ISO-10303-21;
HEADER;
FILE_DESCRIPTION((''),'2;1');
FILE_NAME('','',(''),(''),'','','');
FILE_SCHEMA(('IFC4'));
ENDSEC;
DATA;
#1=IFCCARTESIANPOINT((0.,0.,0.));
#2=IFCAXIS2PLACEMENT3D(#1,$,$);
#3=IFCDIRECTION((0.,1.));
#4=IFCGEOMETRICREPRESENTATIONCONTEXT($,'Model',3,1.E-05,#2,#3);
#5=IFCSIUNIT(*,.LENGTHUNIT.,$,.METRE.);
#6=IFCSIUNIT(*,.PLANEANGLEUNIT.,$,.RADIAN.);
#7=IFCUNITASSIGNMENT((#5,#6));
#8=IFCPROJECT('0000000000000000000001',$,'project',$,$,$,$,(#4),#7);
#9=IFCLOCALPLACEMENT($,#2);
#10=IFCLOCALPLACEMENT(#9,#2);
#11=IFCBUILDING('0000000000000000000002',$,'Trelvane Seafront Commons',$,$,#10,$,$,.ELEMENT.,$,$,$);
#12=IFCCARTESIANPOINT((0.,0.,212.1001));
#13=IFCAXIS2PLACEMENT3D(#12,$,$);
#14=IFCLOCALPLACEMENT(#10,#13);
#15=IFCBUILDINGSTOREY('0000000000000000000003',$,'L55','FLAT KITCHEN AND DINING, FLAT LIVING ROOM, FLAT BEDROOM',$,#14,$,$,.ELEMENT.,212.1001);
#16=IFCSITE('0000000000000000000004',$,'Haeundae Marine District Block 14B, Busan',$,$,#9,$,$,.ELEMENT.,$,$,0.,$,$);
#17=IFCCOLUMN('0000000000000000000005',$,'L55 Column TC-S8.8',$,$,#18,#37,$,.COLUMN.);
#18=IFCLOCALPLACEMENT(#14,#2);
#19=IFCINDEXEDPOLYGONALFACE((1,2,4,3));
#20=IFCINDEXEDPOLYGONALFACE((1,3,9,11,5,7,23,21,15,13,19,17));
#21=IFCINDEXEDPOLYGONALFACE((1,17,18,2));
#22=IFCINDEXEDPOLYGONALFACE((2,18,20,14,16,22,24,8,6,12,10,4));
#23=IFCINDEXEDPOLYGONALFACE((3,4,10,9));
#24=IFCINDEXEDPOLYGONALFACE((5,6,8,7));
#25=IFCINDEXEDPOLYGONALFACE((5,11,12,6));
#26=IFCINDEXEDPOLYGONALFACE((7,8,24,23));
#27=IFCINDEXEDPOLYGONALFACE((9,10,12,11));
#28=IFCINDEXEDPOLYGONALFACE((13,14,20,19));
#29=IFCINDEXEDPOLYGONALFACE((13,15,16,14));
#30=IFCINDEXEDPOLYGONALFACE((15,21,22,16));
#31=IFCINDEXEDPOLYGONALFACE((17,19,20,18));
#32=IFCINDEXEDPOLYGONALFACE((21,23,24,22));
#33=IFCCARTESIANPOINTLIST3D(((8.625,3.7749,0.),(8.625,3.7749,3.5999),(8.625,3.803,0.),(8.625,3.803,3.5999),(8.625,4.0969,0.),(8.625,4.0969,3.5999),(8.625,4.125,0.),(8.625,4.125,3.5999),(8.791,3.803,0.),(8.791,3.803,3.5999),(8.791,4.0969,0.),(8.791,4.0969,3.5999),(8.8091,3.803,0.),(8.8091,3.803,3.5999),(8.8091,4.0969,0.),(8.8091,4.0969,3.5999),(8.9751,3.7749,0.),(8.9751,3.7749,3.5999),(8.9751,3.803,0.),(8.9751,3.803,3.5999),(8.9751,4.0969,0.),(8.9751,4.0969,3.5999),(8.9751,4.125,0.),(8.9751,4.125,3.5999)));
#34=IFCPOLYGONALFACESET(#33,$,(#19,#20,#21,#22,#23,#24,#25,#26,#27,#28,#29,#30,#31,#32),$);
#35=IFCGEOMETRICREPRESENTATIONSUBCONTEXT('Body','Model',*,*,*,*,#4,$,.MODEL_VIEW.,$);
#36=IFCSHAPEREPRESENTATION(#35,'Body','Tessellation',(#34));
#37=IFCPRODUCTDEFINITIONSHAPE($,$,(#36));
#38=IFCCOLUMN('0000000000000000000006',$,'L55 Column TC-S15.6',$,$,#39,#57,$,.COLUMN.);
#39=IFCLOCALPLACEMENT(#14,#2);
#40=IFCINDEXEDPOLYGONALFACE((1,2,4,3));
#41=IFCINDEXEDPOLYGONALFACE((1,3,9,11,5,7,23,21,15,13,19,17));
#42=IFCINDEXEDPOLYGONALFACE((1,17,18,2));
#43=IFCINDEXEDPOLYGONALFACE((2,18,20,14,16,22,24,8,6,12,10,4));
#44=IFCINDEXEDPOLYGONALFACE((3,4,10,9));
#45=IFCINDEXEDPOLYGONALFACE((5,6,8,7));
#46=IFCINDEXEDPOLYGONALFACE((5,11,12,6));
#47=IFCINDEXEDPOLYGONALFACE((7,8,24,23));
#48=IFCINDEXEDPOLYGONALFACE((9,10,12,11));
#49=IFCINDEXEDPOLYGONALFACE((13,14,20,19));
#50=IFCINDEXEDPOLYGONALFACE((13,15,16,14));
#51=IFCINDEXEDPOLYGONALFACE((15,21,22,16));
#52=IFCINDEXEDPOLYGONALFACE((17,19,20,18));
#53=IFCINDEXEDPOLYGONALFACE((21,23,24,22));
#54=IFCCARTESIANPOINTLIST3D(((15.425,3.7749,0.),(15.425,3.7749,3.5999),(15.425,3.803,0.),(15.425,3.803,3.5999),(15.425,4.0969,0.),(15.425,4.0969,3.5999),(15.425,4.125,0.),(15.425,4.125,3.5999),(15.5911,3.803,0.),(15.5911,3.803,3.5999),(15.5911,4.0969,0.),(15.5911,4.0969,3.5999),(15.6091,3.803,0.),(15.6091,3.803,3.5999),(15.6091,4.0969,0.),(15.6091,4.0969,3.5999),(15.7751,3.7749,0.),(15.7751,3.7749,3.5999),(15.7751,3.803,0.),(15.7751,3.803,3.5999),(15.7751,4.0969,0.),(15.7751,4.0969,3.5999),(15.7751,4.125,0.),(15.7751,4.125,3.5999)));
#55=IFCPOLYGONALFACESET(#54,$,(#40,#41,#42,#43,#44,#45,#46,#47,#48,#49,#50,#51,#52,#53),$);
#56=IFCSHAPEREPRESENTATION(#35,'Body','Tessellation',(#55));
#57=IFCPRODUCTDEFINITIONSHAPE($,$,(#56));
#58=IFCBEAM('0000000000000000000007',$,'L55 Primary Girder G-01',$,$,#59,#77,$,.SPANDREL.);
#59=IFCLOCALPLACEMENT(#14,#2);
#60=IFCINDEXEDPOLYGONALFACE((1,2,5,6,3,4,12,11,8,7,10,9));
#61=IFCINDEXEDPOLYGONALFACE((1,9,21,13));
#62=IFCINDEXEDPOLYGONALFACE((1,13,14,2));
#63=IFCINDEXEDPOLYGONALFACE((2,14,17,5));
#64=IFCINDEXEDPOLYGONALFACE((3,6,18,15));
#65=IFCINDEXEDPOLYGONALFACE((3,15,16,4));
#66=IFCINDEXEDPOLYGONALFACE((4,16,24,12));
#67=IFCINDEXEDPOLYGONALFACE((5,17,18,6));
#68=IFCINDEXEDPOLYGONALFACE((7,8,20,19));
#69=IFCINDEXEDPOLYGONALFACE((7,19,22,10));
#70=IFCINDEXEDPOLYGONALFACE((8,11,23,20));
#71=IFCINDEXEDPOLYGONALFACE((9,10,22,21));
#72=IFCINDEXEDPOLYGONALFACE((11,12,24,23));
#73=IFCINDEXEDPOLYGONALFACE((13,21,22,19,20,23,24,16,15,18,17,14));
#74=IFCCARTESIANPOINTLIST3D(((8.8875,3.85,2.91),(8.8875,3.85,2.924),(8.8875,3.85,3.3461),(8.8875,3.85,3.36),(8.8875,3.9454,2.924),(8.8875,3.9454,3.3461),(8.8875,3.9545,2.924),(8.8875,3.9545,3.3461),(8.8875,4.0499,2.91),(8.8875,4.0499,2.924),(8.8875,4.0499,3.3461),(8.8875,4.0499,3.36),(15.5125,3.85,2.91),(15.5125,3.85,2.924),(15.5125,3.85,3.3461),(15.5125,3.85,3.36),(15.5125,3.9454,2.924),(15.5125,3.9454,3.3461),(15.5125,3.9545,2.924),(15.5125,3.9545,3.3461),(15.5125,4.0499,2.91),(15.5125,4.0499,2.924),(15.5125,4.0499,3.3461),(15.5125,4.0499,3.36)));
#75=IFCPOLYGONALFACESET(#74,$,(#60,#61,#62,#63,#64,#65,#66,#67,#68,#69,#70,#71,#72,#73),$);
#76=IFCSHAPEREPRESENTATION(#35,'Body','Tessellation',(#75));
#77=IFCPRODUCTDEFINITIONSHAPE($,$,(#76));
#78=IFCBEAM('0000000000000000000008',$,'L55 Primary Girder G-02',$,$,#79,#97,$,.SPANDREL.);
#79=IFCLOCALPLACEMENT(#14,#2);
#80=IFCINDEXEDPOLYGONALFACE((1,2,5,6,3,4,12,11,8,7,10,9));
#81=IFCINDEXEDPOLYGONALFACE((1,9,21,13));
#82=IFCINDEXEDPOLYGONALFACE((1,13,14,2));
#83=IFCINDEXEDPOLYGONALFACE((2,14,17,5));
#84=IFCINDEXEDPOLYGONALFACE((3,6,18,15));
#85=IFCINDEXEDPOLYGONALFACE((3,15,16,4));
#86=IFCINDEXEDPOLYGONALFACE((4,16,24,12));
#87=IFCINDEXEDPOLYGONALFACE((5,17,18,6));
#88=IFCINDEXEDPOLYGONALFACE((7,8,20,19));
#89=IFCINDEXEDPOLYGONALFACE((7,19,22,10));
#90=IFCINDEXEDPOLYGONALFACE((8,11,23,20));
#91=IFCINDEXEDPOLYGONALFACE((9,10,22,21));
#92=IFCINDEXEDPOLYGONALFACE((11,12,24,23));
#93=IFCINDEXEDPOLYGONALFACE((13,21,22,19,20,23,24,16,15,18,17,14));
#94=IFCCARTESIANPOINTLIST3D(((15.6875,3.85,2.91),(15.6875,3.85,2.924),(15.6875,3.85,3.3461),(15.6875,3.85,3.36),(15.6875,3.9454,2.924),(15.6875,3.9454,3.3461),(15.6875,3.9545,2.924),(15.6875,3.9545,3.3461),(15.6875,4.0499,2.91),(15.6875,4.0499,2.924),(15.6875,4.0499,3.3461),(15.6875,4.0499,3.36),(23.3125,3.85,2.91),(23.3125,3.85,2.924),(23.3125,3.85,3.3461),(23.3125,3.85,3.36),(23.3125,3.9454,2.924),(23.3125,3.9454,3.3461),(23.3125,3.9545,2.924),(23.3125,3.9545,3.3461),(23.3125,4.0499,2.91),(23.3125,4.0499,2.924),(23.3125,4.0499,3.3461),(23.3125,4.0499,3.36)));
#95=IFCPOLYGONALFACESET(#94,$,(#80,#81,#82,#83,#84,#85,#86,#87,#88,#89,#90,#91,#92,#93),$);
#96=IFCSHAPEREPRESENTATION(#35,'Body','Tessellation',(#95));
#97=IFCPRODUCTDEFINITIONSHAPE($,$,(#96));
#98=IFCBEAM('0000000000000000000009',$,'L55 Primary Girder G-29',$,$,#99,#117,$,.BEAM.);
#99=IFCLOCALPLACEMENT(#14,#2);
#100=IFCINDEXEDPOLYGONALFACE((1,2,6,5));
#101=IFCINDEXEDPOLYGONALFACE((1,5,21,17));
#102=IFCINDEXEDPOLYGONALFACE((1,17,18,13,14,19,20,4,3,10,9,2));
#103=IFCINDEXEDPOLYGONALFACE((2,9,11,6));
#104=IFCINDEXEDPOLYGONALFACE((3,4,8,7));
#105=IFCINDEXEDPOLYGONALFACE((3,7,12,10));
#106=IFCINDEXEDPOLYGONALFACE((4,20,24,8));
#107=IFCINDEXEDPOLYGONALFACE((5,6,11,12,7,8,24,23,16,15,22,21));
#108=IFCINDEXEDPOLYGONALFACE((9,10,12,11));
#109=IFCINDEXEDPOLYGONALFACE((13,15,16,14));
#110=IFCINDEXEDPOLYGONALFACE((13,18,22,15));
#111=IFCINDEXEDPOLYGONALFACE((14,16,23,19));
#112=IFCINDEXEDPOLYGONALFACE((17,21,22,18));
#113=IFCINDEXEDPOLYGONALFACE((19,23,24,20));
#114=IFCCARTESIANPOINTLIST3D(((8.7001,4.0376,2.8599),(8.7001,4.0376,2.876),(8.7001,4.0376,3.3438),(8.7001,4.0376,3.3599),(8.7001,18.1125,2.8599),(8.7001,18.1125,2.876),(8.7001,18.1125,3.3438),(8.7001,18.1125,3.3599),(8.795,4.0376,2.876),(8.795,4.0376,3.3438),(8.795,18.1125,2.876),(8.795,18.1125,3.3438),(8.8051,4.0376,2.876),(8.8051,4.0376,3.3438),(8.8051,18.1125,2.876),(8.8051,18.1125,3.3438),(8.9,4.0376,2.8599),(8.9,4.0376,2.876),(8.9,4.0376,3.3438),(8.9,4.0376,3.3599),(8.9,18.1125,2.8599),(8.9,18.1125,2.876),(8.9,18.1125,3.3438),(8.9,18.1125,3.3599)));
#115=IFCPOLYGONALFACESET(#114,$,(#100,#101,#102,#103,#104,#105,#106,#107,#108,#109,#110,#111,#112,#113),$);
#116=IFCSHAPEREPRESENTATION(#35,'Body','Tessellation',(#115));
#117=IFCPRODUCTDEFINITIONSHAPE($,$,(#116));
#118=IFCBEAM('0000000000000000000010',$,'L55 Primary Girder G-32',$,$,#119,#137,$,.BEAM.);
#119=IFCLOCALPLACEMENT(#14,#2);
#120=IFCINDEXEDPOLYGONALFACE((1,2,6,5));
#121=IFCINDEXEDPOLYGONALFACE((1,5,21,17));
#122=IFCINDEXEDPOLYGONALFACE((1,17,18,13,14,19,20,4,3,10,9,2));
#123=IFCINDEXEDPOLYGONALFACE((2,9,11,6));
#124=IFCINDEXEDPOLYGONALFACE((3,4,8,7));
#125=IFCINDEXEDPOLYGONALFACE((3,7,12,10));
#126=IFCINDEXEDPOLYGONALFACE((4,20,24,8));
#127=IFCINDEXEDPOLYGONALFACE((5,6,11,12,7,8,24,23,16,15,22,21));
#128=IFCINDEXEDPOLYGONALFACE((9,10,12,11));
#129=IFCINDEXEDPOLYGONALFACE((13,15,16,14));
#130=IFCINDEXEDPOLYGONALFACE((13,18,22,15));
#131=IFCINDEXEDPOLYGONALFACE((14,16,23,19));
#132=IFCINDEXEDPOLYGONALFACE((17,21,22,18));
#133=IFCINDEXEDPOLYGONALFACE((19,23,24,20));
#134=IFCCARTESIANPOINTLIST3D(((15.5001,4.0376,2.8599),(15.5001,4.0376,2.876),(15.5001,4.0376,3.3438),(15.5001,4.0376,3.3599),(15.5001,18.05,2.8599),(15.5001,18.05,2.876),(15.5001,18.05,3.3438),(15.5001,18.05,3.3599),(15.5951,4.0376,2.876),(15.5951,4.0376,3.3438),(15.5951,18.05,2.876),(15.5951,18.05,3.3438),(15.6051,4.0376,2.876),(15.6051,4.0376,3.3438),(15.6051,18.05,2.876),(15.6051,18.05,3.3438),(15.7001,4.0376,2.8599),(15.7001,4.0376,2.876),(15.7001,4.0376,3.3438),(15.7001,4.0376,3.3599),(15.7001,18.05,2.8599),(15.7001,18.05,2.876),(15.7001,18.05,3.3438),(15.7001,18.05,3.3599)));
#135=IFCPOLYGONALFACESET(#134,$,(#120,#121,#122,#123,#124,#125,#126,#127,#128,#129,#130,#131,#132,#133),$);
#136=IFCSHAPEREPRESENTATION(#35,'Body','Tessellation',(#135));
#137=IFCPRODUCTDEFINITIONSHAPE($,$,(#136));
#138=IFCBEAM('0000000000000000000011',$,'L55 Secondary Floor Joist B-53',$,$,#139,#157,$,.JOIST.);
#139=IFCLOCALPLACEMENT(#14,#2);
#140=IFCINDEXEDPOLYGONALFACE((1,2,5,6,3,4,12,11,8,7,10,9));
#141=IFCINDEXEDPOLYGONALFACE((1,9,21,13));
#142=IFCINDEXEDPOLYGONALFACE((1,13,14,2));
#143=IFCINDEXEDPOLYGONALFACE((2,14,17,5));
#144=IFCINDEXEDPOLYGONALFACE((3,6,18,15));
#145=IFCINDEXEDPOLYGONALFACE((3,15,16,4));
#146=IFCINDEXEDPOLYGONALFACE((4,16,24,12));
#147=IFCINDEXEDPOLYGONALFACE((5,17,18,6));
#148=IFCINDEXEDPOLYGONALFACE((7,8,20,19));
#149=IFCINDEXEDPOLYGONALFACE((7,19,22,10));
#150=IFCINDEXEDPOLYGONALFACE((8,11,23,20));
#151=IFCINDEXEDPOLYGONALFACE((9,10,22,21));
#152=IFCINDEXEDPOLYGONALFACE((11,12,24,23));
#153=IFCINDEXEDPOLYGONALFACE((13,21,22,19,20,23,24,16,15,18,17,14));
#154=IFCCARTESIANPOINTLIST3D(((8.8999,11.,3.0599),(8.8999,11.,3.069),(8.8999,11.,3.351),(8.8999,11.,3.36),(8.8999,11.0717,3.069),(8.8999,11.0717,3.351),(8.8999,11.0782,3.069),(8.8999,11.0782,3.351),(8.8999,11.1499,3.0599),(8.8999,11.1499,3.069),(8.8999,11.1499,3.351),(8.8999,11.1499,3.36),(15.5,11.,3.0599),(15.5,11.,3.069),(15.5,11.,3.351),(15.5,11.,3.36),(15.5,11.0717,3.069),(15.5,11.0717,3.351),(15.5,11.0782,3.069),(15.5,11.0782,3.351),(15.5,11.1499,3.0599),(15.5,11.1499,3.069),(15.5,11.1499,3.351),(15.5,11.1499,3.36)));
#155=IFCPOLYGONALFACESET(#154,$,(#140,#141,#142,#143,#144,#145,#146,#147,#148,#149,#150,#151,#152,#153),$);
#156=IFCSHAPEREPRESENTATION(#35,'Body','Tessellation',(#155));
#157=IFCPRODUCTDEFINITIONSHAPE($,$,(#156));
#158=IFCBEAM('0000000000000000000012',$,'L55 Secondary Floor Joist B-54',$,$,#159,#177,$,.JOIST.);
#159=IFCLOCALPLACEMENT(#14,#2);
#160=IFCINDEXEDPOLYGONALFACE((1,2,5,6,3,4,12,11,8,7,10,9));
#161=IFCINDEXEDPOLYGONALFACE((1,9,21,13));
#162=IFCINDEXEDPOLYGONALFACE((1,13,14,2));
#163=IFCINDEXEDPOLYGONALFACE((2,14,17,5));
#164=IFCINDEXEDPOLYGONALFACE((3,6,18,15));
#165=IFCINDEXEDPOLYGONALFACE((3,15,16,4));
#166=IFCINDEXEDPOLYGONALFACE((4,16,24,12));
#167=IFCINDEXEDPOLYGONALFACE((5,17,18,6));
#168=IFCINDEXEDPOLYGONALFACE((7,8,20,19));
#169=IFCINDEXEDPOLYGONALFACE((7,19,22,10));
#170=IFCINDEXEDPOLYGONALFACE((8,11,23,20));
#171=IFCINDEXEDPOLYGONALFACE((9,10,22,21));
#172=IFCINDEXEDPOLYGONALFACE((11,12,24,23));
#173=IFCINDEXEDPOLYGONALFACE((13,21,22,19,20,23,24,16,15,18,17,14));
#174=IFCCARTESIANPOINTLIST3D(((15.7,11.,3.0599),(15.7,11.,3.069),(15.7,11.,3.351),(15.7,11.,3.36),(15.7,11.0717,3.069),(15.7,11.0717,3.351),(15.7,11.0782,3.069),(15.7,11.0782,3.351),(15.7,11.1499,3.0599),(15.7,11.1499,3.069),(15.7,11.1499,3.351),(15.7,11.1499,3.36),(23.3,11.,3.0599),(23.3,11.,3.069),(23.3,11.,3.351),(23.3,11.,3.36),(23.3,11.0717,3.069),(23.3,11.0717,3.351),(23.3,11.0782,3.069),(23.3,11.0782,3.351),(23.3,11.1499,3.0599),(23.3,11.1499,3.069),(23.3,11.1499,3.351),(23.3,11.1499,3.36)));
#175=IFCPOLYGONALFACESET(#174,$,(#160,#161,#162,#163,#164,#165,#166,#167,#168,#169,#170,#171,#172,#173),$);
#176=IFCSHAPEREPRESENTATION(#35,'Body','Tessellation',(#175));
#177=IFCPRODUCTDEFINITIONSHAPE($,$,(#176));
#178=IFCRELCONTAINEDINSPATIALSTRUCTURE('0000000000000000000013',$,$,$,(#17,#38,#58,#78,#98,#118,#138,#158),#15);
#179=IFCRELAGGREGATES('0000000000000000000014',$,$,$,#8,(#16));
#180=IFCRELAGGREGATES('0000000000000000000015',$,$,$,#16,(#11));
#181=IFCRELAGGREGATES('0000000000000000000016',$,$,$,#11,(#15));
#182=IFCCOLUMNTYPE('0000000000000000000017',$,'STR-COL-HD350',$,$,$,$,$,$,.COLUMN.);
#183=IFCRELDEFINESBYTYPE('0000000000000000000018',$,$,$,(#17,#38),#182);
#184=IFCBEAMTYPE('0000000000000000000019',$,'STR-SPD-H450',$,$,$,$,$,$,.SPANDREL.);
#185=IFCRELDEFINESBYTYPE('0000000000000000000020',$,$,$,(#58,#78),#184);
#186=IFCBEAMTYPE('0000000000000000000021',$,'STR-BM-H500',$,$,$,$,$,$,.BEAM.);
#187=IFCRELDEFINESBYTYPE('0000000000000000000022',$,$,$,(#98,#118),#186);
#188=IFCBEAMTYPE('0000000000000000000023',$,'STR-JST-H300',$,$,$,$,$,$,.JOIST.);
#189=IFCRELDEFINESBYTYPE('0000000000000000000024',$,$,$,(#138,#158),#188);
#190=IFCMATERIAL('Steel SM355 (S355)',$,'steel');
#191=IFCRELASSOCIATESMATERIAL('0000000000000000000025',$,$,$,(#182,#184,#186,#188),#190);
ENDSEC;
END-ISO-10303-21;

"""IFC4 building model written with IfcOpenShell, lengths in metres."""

from ifc_helpers import new_model, si_unit, direction, frame, origin, origin_2d, place, context, subcontext, project, spatial, i_section, extrude, source, transform, mapped, material, material_profile, profile_set, type_object, element, save


model = new_model("IFC4")

# Units and contexts
model_context = context("Model", 3, precision=1e-05, world=origin(), true_north=direction((0.0, 1.0)))
body_context = subcontext(model_context, "Body", "Model", "MODEL_VIEW")
ifc_project = project(units=[si_unit("LENGTHUNIT", "METRE"), si_unit("PLANEANGLEUNIT", "RADIAN")], contexts=[model_context])

# Site, building, storey
site_placement = place(None, origin())
site = spatial("IfcSite", under=ifc_project, at=site_placement, Name="Haeundae Marine District Block 14B, Busan", CompositionType="ELEMENT", RefElevation=0.0)
building_placement = place(site_placement, origin())
building = spatial("IfcBuilding", under=site, at=building_placement, Name="Trelvane Seafront Commons", CompositionType="ELEMENT")
storey_placement = place(building_placement, frame((0.0, 0.0, 212.1001)))
storey = spatial("IfcBuildingStorey", under=building, at=storey_placement, Name="L55", Description="FLAT KITCHEN AND DINING, FLAT LIVING ROOM, FLAT BEDROOM", CompositionType="ELEMENT", Elevation=212.1001)

# Columns
ifc_material_1 = material(Name="Steel SM355 (S355)", Category="steel")
ifc_material_profile_1 = material_profile(ifc_material_1, i_section(OverallWidth=0.3501, OverallDepth=0.3501, WebThickness=0.0181, FlangeThickness=0.0281, at=origin_2d()), Name="HD-350x350x18x28")
ifc_profile_set_1 = profile_set([ifc_material_profile_1], Name="Steel SM355 (S355)")
column_type = type_object("IfcColumnType", Name="STR-COL-HD350", PredefinedType="COLUMN", material=ifc_profile_set_1)
shared_shape_1 = source(origin(), body_context, "Body", "SweptSolid", [
    extrude(i_section(OverallWidth=0.3501, OverallDepth=0.3501, WebThickness=0.0181, FlangeThickness=0.0281, at=origin_2d()), origin(), (0.0, 0.0, 1.0), 3.5999),
])
for number, where, z_axis, x_axis, name in (
    (1, (8.8, 3.95, 0.0), (0.0, 0.0, 1.0), (1.0, 0.0, 0.0), "L55 Column TC-S8.8"),
    (2, (15.6001, 3.95, 0.0), (0.0, 0.0, 1.0), (1.0, 0.0, 0.0), "L55 Column TC-S15.6"),
):
    element("IfcColumn", number, at=place(storey_placement, frame(where, z_axis=z_axis, x_axis=x_axis)), inside=storey, type_object=column_type, Name=name, PredefinedType="COLUMN", context=body_context, shape_type="MappedRepresentation", body=[
        mapped(shared_shape_1, transform((0.0, 0.0, 0.0), x_axis=(1.0, 0.0, 0.0), y_axis=(0.0, 1.0, 0.0), z_axis=(0.0, 0.0, 1.0), scale=1.0)),
    ])

# Beams
ifc_material_profile_2 = material_profile(ifc_material_1, i_section(OverallWidth=0.2, OverallDepth=0.45, WebThickness=0.009, FlangeThickness=0.0139, at=origin_2d()), Name="H-450x200x9x14")
ifc_profile_set_2 = profile_set([ifc_material_profile_2], Name="Steel SM355 (S355)")
beam_type_1 = type_object("IfcBeamType", Name="STR-SPD-H450", PredefinedType="SPANDREL", material=ifc_profile_set_2)
shared_shape_2 = source(origin(), body_context, "Body", "SweptSolid", [
    extrude(i_section(OverallWidth=0.2, OverallDepth=0.45, WebThickness=0.009, FlangeThickness=0.0139, at=origin_2d()), origin(), (0.0, 0.0, 1.0), 6.625),
])
beam_1_placement = place(storey_placement, frame((8.8875, 3.95, 3.135), z_axis=(1.0, 0.0, 0.0), x_axis=(0.0, 1.0, 0.0)))
element("IfcBeam", 3, at=beam_1_placement, inside=storey, type_object=beam_type_1, Name="L55 Primary Girder G-01", PredefinedType="SPANDREL", context=body_context, shape_type="MappedRepresentation", body=[
    mapped(shared_shape_2, transform((0.0, 0.0, 0.0), x_axis=(1.0, 0.0, 0.0), y_axis=(0.0, 1.0, 0.0), z_axis=(0.0, 0.0, 1.0), scale=1.0)),
])
shared_shape_3 = source(origin(), body_context, "Body", "SweptSolid", [
    extrude(i_section(OverallWidth=0.2, OverallDepth=0.45, WebThickness=0.009, FlangeThickness=0.0139, at=origin_2d()), origin(), (0.0, 0.0, 1.0), 7.625),
])
beam_2_placement = place(storey_placement, frame((15.6875, 3.95, 3.135), z_axis=(1.0, 0.0, 0.0), x_axis=(0.0, 1.0, 0.0)))
element("IfcBeam", 4, at=beam_2_placement, inside=storey, type_object=beam_type_1, Name="L55 Primary Girder G-02", PredefinedType="SPANDREL", context=body_context, shape_type="MappedRepresentation", body=[
    mapped(shared_shape_3, transform((0.0, 0.0, 0.0), x_axis=(1.0, 0.0, 0.0), y_axis=(0.0, 1.0, 0.0), z_axis=(0.0, 0.0, 1.0), scale=1.0)),
])
ifc_material_profile_3 = material_profile(ifc_material_1, i_section(OverallWidth=0.2, OverallDepth=0.5, WebThickness=0.01, FlangeThickness=0.0161, at=origin_2d()), Name="H-500x200x10x16")
ifc_profile_set_3 = profile_set([ifc_material_profile_3], Name="Steel SM355 (S355)")
beam_type_2 = type_object("IfcBeamType", Name="STR-BM-H500", PredefinedType="BEAM", material=ifc_profile_set_3)
shared_shape_4 = source(origin(), body_context, "Body", "SweptSolid", [
    extrude(i_section(OverallWidth=0.2, OverallDepth=0.5, WebThickness=0.01, FlangeThickness=0.0161, at=origin_2d()), origin(), (0.0, 0.0, 1.0), 14.075),
])
beam_3_placement = place(storey_placement, frame((8.8, 4.0376, 3.1099), z_axis=(0.0, 1.0, 0.0), x_axis=(-1.0, 0.0, 0.0)))
element("IfcBeam", 5, at=beam_3_placement, inside=storey, type_object=beam_type_2, Name="L55 Primary Girder G-29", PredefinedType="BEAM", context=body_context, shape_type="MappedRepresentation", body=[
    mapped(shared_shape_4, transform((0.0, 0.0, 0.0), x_axis=(1.0, 0.0, 0.0), y_axis=(0.0, 1.0, 0.0), z_axis=(0.0, 0.0, 1.0), scale=1.0)),
])
shared_shape_5 = source(origin(), body_context, "Body", "SweptSolid", [
    extrude(i_section(OverallWidth=0.2, OverallDepth=0.5, WebThickness=0.01, FlangeThickness=0.0161, at=origin_2d()), origin(), (0.0, 0.0, 1.0), 14.0125),
])
beam_4_placement = place(storey_placement, frame((15.6001, 4.0376, 3.1099), z_axis=(0.0, 1.0, 0.0), x_axis=(-1.0, 0.0, 0.0)))
element("IfcBeam", 6, at=beam_4_placement, inside=storey, type_object=beam_type_2, Name="L55 Primary Girder G-32", PredefinedType="BEAM", context=body_context, shape_type="MappedRepresentation", body=[
    mapped(shared_shape_5, transform((0.0, 0.0, 0.0), x_axis=(1.0, 0.0, 0.0), y_axis=(0.0, 1.0, 0.0), z_axis=(0.0, 0.0, 1.0), scale=1.0)),
])
ifc_material_profile_4 = material_profile(ifc_material_1, i_section(OverallWidth=0.1499, OverallDepth=0.3, WebThickness=0.0066, FlangeThickness=0.009, at=origin_2d()), Name="H-300x150x6.5x9")
ifc_profile_set_4 = profile_set([ifc_material_profile_4], Name="Steel SM355 (S355)")
beam_type_3 = type_object("IfcBeamType", Name="STR-JST-H300", PredefinedType="JOIST", material=ifc_profile_set_4)
shared_shape_6 = source(origin(), body_context, "Body", "SweptSolid", [
    extrude(i_section(OverallWidth=0.1499, OverallDepth=0.3, WebThickness=0.0066, FlangeThickness=0.009, at=origin_2d()), origin(), (0.0, 0.0, 1.0), 6.6001),
])
beam_5_placement = place(storey_placement, frame((8.8999, 11.075, 3.21), z_axis=(1.0, 0.0, 0.0), x_axis=(0.0, 1.0, 0.0)))
element("IfcBeam", 7, at=beam_5_placement, inside=storey, type_object=beam_type_3, Name="L55 Secondary Floor Joist B-53", PredefinedType="JOIST", context=body_context, shape_type="MappedRepresentation", body=[
    mapped(shared_shape_6, transform((0.0, 0.0, 0.0), x_axis=(1.0, 0.0, 0.0), y_axis=(0.0, 1.0, 0.0), z_axis=(0.0, 0.0, 1.0), scale=1.0)),
])
shared_shape_7 = source(origin(), body_context, "Body", "SweptSolid", [
    extrude(i_section(OverallWidth=0.1499, OverallDepth=0.3, WebThickness=0.0066, FlangeThickness=0.009, at=origin_2d()), origin(), (0.0, 0.0, 1.0), 7.6001),
])
beam_6_placement = place(storey_placement, frame((15.7, 11.075, 3.21), z_axis=(1.0, 0.0, 0.0), x_axis=(0.0, 1.0, 0.0)))
element("IfcBeam", 8, at=beam_6_placement, inside=storey, type_object=beam_type_3, Name="L55 Secondary Floor Joist B-54", PredefinedType="JOIST", context=body_context, shape_type="MappedRepresentation", body=[
    mapped(shared_shape_7, transform((0.0, 0.0, 0.0), x_axis=(1.0, 0.0, 0.0), y_axis=(0.0, 1.0, 0.0), z_axis=(0.0, 0.0, 1.0), scale=1.0)),
])

save(model, "model.ifc")
